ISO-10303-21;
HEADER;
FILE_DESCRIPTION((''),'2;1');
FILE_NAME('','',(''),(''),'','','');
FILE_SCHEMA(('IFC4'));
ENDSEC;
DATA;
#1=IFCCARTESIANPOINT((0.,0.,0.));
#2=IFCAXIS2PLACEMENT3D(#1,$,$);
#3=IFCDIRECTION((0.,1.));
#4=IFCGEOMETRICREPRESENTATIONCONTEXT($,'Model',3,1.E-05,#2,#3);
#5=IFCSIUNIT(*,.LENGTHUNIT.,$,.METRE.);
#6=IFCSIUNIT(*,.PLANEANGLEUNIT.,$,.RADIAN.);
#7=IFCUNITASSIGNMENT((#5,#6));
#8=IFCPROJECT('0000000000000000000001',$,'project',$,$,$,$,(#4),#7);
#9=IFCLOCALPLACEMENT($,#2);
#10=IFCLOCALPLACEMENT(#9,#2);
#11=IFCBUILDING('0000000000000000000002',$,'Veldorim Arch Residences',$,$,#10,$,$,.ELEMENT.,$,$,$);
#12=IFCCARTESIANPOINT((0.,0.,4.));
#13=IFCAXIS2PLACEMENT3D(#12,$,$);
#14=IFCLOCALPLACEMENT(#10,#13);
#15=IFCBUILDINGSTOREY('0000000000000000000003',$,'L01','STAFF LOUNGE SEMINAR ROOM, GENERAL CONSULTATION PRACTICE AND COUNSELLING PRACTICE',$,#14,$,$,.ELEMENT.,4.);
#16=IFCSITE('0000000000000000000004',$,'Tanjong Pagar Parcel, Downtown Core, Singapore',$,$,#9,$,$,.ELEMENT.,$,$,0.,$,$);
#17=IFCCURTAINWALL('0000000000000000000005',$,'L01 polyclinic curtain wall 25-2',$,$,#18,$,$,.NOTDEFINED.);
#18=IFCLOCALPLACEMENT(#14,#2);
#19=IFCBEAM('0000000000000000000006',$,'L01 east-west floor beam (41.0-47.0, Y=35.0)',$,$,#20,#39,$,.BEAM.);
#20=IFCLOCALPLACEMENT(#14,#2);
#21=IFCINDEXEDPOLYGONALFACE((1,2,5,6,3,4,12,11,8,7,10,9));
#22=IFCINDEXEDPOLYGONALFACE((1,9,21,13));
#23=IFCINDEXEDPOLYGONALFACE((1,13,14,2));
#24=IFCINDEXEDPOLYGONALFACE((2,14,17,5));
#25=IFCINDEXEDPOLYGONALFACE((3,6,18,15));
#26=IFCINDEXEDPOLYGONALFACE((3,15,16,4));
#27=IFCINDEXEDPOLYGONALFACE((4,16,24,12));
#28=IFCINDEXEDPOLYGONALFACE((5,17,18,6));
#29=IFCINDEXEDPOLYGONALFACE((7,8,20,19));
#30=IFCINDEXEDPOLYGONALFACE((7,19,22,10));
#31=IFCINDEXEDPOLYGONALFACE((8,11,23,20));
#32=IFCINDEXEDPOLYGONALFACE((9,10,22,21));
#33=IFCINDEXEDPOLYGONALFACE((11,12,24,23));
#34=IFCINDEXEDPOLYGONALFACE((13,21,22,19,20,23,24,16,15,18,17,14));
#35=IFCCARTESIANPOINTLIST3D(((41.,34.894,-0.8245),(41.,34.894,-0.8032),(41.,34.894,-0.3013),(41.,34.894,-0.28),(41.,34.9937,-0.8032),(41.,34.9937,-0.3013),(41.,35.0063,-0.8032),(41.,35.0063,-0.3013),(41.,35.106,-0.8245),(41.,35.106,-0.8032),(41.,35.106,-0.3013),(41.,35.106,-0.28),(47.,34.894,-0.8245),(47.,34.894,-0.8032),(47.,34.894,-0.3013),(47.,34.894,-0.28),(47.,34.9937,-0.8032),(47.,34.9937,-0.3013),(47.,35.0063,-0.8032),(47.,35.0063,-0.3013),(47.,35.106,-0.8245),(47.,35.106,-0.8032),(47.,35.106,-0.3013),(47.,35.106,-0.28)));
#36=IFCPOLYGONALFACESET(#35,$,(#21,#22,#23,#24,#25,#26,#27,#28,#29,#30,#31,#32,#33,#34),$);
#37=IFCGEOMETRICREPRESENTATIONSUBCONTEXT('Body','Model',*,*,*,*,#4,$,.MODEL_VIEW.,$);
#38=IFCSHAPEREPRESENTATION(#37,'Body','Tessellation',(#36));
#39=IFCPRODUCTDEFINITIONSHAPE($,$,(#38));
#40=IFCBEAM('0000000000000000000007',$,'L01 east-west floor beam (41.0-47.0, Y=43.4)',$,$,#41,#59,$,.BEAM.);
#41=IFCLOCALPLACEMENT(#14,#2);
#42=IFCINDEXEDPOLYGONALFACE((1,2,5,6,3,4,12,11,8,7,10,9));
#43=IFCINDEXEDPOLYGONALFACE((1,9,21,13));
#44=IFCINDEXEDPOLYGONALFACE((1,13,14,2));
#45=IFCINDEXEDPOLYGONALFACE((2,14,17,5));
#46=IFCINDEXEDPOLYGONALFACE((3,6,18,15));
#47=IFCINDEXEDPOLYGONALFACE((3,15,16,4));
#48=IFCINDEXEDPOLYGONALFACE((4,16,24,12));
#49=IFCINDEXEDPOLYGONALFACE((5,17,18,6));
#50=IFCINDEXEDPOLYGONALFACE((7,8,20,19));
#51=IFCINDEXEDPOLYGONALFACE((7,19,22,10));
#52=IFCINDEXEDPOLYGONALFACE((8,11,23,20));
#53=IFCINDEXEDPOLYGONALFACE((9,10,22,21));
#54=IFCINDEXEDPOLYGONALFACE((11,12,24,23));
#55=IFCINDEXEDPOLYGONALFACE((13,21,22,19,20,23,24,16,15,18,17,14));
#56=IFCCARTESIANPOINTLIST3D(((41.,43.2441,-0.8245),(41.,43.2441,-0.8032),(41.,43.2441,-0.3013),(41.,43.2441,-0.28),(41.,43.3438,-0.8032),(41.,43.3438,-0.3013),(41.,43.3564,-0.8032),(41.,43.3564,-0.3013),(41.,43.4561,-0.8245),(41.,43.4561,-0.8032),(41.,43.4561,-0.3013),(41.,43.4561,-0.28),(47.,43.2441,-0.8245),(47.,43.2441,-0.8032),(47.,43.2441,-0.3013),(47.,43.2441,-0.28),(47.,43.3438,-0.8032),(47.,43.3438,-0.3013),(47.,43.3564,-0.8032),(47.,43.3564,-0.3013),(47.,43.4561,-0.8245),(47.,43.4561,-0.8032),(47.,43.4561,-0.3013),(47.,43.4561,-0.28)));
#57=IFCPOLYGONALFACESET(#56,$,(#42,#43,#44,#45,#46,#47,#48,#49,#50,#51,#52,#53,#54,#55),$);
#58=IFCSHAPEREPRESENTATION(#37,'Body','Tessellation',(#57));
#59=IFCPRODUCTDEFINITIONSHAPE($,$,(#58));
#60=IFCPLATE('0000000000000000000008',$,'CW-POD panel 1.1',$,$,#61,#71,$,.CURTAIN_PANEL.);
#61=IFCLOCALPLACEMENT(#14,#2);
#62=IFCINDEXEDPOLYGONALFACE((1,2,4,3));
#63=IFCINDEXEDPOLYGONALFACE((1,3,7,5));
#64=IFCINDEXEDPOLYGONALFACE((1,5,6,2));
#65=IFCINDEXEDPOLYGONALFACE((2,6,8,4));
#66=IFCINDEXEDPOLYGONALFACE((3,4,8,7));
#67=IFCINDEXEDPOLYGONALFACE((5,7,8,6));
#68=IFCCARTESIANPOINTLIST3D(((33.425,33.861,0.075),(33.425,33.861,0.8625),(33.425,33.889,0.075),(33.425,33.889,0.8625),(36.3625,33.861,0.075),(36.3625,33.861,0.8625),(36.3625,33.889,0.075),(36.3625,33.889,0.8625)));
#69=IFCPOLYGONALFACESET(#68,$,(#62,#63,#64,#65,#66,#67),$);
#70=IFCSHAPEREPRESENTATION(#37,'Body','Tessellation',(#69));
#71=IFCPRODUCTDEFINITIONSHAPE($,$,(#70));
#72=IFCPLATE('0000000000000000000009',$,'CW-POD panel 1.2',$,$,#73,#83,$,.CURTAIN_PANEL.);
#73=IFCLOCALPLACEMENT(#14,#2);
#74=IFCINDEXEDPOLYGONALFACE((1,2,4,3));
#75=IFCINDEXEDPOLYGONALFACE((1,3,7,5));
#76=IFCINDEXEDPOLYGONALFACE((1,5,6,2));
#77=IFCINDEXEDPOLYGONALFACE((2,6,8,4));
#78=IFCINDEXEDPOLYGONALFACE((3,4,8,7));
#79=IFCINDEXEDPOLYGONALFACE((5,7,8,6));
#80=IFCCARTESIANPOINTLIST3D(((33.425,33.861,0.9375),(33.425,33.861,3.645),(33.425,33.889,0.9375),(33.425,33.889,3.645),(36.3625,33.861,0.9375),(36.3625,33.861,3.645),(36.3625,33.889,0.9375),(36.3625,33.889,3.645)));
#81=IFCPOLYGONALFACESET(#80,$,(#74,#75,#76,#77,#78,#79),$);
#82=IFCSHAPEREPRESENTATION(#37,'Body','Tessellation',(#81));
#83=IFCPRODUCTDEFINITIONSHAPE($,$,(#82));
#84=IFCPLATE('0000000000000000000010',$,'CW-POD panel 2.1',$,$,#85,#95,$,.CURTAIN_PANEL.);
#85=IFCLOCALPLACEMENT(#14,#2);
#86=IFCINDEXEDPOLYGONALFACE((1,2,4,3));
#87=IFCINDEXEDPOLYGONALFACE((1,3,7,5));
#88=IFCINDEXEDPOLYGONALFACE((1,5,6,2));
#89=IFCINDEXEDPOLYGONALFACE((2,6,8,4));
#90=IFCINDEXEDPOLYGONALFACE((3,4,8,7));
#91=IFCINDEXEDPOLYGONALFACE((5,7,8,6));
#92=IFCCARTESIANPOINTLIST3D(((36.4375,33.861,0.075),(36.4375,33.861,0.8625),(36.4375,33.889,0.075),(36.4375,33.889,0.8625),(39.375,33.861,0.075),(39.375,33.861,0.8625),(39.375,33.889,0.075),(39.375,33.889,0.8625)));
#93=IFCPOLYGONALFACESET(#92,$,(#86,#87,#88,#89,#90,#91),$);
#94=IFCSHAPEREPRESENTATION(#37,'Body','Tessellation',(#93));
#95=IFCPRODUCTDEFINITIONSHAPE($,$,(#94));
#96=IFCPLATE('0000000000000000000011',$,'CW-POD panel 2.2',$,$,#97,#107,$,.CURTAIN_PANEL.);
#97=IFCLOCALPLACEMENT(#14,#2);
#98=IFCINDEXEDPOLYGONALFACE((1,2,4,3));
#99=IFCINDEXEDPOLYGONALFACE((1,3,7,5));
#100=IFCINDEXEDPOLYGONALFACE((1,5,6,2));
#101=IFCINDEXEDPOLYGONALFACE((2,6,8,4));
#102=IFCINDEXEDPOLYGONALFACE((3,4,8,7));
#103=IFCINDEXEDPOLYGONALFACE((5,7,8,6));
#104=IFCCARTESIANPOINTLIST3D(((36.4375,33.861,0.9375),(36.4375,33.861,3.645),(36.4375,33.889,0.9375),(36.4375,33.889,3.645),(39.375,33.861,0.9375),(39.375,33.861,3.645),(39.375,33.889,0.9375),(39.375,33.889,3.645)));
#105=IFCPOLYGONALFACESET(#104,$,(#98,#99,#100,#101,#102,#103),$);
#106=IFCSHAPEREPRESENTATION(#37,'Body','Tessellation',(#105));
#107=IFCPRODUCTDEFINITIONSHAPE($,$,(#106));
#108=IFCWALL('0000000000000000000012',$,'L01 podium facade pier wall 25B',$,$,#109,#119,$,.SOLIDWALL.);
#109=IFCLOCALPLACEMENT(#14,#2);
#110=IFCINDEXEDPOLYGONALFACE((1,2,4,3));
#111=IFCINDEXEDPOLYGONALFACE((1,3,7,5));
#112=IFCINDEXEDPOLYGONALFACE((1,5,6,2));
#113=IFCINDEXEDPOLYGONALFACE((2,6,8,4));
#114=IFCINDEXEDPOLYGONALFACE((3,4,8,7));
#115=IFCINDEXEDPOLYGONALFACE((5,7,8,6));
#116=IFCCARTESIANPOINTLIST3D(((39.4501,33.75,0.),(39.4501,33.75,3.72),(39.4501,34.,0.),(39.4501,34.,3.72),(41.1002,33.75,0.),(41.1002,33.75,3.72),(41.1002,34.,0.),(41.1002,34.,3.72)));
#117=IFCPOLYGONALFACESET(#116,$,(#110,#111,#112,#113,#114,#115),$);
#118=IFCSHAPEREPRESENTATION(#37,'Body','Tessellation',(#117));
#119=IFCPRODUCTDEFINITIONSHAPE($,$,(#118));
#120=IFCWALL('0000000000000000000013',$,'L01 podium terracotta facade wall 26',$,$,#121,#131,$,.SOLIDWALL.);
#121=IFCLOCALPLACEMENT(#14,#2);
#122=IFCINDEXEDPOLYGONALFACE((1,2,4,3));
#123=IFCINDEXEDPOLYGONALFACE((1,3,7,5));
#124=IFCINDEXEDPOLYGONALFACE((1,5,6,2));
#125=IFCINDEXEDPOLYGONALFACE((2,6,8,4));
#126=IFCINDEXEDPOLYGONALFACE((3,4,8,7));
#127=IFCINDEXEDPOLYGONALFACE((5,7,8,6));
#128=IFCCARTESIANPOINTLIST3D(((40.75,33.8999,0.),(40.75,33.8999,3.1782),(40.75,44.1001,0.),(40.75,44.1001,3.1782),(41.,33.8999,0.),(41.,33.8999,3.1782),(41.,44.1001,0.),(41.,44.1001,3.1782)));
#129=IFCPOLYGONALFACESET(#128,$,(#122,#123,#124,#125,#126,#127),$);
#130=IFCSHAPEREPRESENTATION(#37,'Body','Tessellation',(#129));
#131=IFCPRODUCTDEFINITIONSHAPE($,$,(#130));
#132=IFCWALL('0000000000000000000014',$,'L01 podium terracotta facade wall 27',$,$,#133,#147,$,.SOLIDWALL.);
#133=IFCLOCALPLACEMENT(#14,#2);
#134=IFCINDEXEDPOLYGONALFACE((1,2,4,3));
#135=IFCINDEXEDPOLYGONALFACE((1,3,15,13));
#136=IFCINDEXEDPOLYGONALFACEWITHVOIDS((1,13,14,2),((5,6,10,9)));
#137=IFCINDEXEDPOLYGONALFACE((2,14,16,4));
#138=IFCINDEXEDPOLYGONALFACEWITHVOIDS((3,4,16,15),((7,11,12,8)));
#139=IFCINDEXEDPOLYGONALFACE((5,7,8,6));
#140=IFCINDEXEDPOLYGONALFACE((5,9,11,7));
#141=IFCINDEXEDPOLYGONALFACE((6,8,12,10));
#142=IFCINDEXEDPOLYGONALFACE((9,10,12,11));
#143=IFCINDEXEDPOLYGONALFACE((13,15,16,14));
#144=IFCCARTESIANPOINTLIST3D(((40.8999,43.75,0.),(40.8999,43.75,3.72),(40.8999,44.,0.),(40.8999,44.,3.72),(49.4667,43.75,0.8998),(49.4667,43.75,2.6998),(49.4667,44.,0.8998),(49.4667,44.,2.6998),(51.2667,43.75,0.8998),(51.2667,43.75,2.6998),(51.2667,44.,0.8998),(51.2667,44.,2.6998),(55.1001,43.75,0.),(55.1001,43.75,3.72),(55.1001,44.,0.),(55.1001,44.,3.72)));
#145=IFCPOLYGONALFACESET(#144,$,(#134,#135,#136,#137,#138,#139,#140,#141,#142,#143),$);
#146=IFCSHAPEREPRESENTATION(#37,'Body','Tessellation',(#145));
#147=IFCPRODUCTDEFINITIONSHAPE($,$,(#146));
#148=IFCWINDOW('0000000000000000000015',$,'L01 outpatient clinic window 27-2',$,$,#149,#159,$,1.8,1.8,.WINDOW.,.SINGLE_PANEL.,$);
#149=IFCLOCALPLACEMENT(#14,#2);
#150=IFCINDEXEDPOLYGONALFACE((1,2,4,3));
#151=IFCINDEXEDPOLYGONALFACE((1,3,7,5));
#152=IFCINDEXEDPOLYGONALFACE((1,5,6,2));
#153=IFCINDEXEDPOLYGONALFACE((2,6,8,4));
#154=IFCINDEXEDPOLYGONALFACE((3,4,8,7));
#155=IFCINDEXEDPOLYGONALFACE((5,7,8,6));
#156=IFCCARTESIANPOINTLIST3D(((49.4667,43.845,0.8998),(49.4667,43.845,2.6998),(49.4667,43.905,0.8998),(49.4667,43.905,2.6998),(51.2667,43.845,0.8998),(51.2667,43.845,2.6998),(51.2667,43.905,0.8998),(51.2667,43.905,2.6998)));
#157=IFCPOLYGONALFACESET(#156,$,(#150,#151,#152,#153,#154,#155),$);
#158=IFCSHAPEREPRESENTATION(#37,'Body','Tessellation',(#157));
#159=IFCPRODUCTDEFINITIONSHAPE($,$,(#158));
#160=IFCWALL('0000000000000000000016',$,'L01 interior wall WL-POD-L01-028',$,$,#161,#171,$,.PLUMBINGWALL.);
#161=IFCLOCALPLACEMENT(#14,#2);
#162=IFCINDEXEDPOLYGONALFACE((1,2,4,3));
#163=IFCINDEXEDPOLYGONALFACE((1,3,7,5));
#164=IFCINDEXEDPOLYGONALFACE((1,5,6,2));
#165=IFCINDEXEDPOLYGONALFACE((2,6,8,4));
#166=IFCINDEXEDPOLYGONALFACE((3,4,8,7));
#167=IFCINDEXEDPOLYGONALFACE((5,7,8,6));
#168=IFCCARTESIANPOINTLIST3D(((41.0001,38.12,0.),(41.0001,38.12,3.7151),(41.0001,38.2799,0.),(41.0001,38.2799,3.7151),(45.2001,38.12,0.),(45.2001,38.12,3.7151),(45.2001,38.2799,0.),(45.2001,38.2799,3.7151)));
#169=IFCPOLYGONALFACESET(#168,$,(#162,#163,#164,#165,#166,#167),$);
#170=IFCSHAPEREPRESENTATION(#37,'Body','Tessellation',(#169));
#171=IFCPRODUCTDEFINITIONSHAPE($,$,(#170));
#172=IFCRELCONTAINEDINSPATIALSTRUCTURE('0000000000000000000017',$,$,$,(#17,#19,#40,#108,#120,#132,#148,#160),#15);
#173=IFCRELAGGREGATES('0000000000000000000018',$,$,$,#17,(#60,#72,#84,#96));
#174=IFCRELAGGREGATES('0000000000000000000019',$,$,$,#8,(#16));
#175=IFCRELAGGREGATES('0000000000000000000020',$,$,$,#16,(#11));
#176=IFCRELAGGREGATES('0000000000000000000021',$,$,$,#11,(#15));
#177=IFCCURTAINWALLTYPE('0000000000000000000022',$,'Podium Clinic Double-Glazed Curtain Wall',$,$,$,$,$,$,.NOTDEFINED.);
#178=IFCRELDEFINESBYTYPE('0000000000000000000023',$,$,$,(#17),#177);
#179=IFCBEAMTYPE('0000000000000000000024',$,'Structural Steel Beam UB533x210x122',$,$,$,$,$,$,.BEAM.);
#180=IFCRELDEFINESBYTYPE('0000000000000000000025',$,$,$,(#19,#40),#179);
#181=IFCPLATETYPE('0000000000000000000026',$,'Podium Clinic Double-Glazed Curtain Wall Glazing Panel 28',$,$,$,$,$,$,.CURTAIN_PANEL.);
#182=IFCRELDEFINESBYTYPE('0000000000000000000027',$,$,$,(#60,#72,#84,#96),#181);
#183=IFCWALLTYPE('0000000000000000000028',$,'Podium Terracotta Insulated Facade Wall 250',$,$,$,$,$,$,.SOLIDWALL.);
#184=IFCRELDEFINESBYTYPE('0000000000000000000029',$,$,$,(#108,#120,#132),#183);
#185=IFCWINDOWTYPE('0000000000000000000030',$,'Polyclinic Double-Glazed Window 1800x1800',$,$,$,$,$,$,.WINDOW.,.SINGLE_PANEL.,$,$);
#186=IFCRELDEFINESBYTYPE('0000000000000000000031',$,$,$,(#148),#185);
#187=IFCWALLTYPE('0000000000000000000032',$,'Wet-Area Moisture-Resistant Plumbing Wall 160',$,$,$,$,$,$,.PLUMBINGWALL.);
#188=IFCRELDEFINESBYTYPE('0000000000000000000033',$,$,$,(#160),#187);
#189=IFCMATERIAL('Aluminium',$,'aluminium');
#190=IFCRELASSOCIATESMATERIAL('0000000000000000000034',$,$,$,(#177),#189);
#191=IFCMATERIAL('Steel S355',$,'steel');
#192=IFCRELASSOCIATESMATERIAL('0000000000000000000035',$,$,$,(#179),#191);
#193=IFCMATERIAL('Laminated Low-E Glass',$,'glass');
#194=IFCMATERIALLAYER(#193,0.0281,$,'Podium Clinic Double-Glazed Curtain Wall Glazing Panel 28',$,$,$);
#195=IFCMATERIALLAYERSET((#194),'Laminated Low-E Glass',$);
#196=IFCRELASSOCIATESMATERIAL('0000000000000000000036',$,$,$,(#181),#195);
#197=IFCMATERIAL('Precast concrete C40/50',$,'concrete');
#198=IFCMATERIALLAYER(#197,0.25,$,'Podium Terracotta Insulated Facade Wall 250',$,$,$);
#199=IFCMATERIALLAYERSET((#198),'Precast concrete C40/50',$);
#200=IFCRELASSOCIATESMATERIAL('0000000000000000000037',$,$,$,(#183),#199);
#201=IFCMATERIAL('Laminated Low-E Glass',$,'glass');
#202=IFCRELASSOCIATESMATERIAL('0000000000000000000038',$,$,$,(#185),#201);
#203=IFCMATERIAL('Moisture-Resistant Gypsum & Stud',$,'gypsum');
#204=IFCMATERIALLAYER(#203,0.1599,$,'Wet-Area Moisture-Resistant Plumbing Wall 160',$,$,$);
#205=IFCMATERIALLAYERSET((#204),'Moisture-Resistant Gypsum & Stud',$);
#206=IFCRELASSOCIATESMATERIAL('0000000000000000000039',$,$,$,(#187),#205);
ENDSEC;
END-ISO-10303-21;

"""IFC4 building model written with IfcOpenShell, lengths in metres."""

from ifc_helpers import new_model, si_unit, direction, frame, frame_2d, origin, origin_2d, place, context, subcontext, project, spatial, rectangle, i_section, extrude, material, layer, layer_set, material_profile, profile_set, type_object, element, fill, aggregate, save


model = new_model("IFC4")

# Units and contexts
model_context = context("Model", 3, precision=1e-05, world=origin(), true_north=direction((0.0, 1.0)))
body_context = subcontext(model_context, "Body", "Model", "MODEL_VIEW")
ifc_project = project(units=[si_unit("LENGTHUNIT", "METRE"), si_unit("PLANEANGLEUNIT", "RADIAN")], contexts=[model_context])

# Site, building, storey
site_placement = place(None, origin())
site = spatial("IfcSite", under=ifc_project, at=site_placement, Name="Tanjong Pagar Parcel, Downtown Core, Singapore", CompositionType="ELEMENT", RefElevation=0.0)
building_placement = place(site_placement, origin())
building = spatial("IfcBuilding", under=site, at=building_placement, Name="Veldorim Arch Residences", CompositionType="ELEMENT")
storey_placement = place(building_placement, frame((0.0, 0.0, 4.0)))
storey = spatial("IfcBuildingStorey", under=building, at=storey_placement, Name="L01", Description="STAFF LOUNGE SEMINAR ROOM, GENERAL CONSULTATION PRACTICE AND COUNSELLING PRACTICE", CompositionType="ELEMENT", Elevation=4.0)

# Curtain wall
ifc_material_1 = material(Name="Aluminium", Category="aluminium")
curtain_wall_type = type_object("IfcCurtainWallType", Name="Podium Clinic Double-Glazed Curtain Wall", PredefinedType="NOTDEFINED", material=ifc_material_1)
curtain_wall_placement = place(storey_placement, origin())
curtain_wall = element("IfcCurtainWall", 1, at=curtain_wall_placement, inside=storey, type_object=curtain_wall_type, Name="L01 polyclinic curtain wall 25-2", PredefinedType="NOTDEFINED")

# Beams
ifc_material_2 = material(Name="Steel S355", Category="steel")
ifc_material_profile_1 = material_profile(ifc_material_2, i_section(OverallWidth=0.2119, OverallDepth=0.5444, WebThickness=0.0127, FlangeThickness=0.0212, at=origin_2d()), Name="UB533x210x122")
ifc_profile_set_1 = profile_set([ifc_material_profile_1], Name="Steel S355")
beam_type_1 = type_object("IfcBeamType", Name="Structural Steel Beam UB533x210x122", PredefinedType="BEAM", material=ifc_profile_set_1)
for number, where, z_axis, x_axis, name in (
    (2, (41.0, 35.0, -0.5522), (1.0, 0.0, 0.0), (0.0, 1.0, 0.0), "L01 east-west floor beam (41.0-47.0, Y=35.0)"),
    (3, (41.0, 43.3501, -0.5522), (1.0, 0.0, 0.0), (0.0, 1.0, 0.0), "L01 east-west floor beam (41.0-47.0, Y=43.4)"),
):
    element("IfcBeam", number, at=place(storey_placement, frame(where, z_axis=z_axis, x_axis=x_axis)), inside=storey, type_object=beam_type_1, Name=name, PredefinedType="BEAM", context=body_context, shape_type="SweptSolid", body=[
        extrude(i_section(OverallWidth=0.2119, OverallDepth=0.5444, WebThickness=0.0127, FlangeThickness=0.0212, at=origin_2d()), origin(), (0.0, 0.0, 1.0), 6.0),
    ])

# Plates
ifc_material_3 = material(Name="Laminated Low-E Glass", Category="glass")
ifc_layer_1 = layer(ifc_material_3, 0.0281, Name="Podium Clinic Double-Glazed Curtain Wall Glazing Panel 28")
ifc_layer_set_1 = layer_set([ifc_layer_1], Name="Laminated Low-E Glass")
plate_type = type_object("IfcPlateType", Name="Podium Clinic Double-Glazed Curtain Wall Glazing Panel 28", PredefinedType="CURTAIN_PANEL", material=ifc_layer_set_1)
plate_1_placement = place(storey_placement, frame((34.8938, 33.875, 0.075), z_axis=(0.0, 0.0, 1.0), x_axis=(1.0, 0.0, 0.0)))
plate_1 = element("IfcPlate", 4, at=plate_1_placement, type_object=plate_type, Name="CW-POD panel 1.1", PredefinedType="CURTAIN_PANEL", context=body_context, shape_type="SweptSolid", body=[
    extrude(rectangle(XDim=2.9375, YDim=0.0281, at=origin_2d()), origin(), (0.0, 0.0, 1.0), 0.7876),
])
plate_2_placement = place(storey_placement, frame((34.8938, 33.875, 0.9375), z_axis=(0.0, 0.0, 1.0), x_axis=(1.0, 0.0, 0.0)))
plate_2 = element("IfcPlate", 5, at=plate_2_placement, type_object=plate_type, Name="CW-POD panel 1.2", PredefinedType="CURTAIN_PANEL", context=body_context, shape_type="SweptSolid", body=[
    extrude(rectangle(XDim=2.9375, YDim=0.0281, at=origin_2d()), origin(), (0.0, 0.0, 1.0), 2.7075),
])
plate_3_placement = place(storey_placement, frame((37.9062, 33.875, 0.075), z_axis=(0.0, 0.0, 1.0), x_axis=(1.0, 0.0, 0.0)))
plate_3 = element("IfcPlate", 6, at=plate_3_placement, type_object=plate_type, Name="CW-POD panel 2.1", PredefinedType="CURTAIN_PANEL", context=body_context, shape_type="SweptSolid", body=[
    extrude(rectangle(XDim=2.9375, YDim=0.0281, at=origin_2d()), origin(), (0.0, 0.0, 1.0), 0.7876),
])
plate_4_placement = place(storey_placement, frame((37.9062, 33.875, 0.9375), z_axis=(0.0, 0.0, 1.0), x_axis=(1.0, 0.0, 0.0)))
plate_4 = element("IfcPlate", 7, at=plate_4_placement, type_object=plate_type, Name="CW-POD panel 2.2", PredefinedType="CURTAIN_PANEL", context=body_context, shape_type="SweptSolid", body=[
    extrude(rectangle(XDim=2.9375, YDim=0.0281, at=origin_2d()), origin(), (0.0, 0.0, 1.0), 2.7075),
])
aggregate(curtain_wall, [plate_1, plate_2, plate_3, plate_4])

# Walls
ifc_material_4 = material(Name="Precast concrete C40/50", Category="concrete")
ifc_layer_2 = layer(ifc_material_4, 0.25, Name="Podium Terracotta Insulated Facade Wall 250")
ifc_layer_set_2 = layer_set([ifc_layer_2], Name="Precast concrete C40/50")
wall_type_1 = type_object("IfcWallType", Name="Podium Terracotta Insulated Facade Wall 250", PredefinedType="SOLIDWALL", material=ifc_layer_set_2)
wall_1_placement = place(storey_placement, frame((39.45, 33.875, 0.0), z_axis=(0.0, 0.0, 1.0), x_axis=(1.0, 0.0, 0.0)))
element("IfcWall", 8, at=wall_1_placement, inside=storey, type_object=wall_type_1, Name="L01 podium facade pier wall 25B", PredefinedType="SOLIDWALL", context=body_context, shape_type="SweptSolid", body=[
    extrude(rectangle(XDim=1.6501, YDim=0.25, at=frame_2d((0.8252, 0.0))), origin(), (0.0, 0.0, 1.0), 3.72),
])
wall_2_placement = place(storey_placement, frame((40.875, 44.1001, 0.0), z_axis=(0.0, 0.0, 1.0), x_axis=(0.0, -1.0, 0.0)))
element("IfcWall", 9, at=wall_2_placement, inside=storey, type_object=wall_type_1, Name="L01 podium terracotta facade wall 26", PredefinedType="SOLIDWALL", context=body_context, shape_type="SweptSolid", body=[
    extrude(rectangle(XDim=10.2002, YDim=0.25, at=frame_2d((5.1001, 0.0))), origin(), (0.0, 0.0, 1.0), 3.1782),
])

# Wall, opening, window
wall_3_placement = place(storey_placement, frame((40.8999, 43.875, 0.0), z_axis=(0.0, 0.0, 1.0), x_axis=(1.0, 0.0, 0.0)))
wall_3 = element("IfcWall", 10, at=wall_3_placement, inside=storey, type_object=wall_type_1, Name="L01 podium terracotta facade wall 27", PredefinedType="SOLIDWALL", context=body_context, shape_type="SweptSolid", body=[
    extrude(rectangle(XDim=14.2002, YDim=0.25, at=frame_2d((7.1001, 0.0))), origin(), (0.0, 0.0, 1.0), 3.72),
])
opening_placement = place(wall_3_placement, frame((8.5669, 0.0, 0.8999)))
opening = element("IfcOpeningElement", 11, at=opening_placement, cuts=wall_3, PredefinedType="OPENING", context=body_context, shape_type="SweptSolid", body=[
    extrude(rectangle(XDim=1.8, YDim=1.8, at=frame_2d((0.8999, 0.8999))), frame((0.0, 0.135, 0.0), z_axis=(0.0, -1.0, 0.0), x_axis=(1.0, 0.0, 0.0)), (0.0, 0.0, 1.0), 0.27),
])
ifc_material_5 = material(Name="Laminated Low-E Glass", Category="glass")
window_type = type_object("IfcWindowType", Name="Polyclinic Double-Glazed Window 1800x1800", PartitioningType="SINGLE_PANEL", PredefinedType="WINDOW", material=ifc_material_5)
window_placement = place(opening_placement, origin())
window = element("IfcWindow", 12, at=window_placement, inside=storey, type_object=window_type, Name="L01 outpatient clinic window 27-2", OverallHeight=1.8, OverallWidth=1.8, PartitioningType="SINGLE_PANEL", PredefinedType="WINDOW", context=body_context, shape_type="SweptSolid", body=[
    extrude(rectangle(XDim=1.8, YDim=1.8, at=frame_2d((0.8999, 0.8999))), frame((0.0, 0.03, 0.0), z_axis=(0.0, -1.0, 0.0), x_axis=(1.0, 0.0, 0.0)), (0.0, 0.0, 1.0), 0.0601),
])
fill(opening, window)

# Wall
ifc_material_6 = material(Name="Moisture-Resistant Gypsum & Stud", Category="gypsum")
ifc_layer_3 = layer(ifc_material_6, 0.1599, Name="Wet-Area Moisture-Resistant Plumbing Wall 160")
ifc_layer_set_3 = layer_set([ifc_layer_3], Name="Moisture-Resistant Gypsum & Stud")
wall_type_2 = type_object("IfcWallType", Name="Wet-Area Moisture-Resistant Plumbing Wall 160", PredefinedType="PLUMBINGWALL", material=ifc_layer_set_3)
wall_4_placement = place(storey_placement, frame((41.0, 38.2, 0.0), z_axis=(0.0, 0.0, 1.0), x_axis=(1.0, 0.0, 0.0)))
element("IfcWall", 13, at=wall_4_placement, inside=storey, type_object=wall_type_2, Name="L01 interior wall WL-POD-L01-028", PredefinedType="PLUMBINGWALL", context=body_context, shape_type="SweptSolid", body=[
    extrude(rectangle(XDim=4.2, YDim=0.1599, at=frame_2d((2.1001, 0.0))), origin(), (0.0, 0.0, 1.0), 3.7151),
])

save(model, "model.ifc")
